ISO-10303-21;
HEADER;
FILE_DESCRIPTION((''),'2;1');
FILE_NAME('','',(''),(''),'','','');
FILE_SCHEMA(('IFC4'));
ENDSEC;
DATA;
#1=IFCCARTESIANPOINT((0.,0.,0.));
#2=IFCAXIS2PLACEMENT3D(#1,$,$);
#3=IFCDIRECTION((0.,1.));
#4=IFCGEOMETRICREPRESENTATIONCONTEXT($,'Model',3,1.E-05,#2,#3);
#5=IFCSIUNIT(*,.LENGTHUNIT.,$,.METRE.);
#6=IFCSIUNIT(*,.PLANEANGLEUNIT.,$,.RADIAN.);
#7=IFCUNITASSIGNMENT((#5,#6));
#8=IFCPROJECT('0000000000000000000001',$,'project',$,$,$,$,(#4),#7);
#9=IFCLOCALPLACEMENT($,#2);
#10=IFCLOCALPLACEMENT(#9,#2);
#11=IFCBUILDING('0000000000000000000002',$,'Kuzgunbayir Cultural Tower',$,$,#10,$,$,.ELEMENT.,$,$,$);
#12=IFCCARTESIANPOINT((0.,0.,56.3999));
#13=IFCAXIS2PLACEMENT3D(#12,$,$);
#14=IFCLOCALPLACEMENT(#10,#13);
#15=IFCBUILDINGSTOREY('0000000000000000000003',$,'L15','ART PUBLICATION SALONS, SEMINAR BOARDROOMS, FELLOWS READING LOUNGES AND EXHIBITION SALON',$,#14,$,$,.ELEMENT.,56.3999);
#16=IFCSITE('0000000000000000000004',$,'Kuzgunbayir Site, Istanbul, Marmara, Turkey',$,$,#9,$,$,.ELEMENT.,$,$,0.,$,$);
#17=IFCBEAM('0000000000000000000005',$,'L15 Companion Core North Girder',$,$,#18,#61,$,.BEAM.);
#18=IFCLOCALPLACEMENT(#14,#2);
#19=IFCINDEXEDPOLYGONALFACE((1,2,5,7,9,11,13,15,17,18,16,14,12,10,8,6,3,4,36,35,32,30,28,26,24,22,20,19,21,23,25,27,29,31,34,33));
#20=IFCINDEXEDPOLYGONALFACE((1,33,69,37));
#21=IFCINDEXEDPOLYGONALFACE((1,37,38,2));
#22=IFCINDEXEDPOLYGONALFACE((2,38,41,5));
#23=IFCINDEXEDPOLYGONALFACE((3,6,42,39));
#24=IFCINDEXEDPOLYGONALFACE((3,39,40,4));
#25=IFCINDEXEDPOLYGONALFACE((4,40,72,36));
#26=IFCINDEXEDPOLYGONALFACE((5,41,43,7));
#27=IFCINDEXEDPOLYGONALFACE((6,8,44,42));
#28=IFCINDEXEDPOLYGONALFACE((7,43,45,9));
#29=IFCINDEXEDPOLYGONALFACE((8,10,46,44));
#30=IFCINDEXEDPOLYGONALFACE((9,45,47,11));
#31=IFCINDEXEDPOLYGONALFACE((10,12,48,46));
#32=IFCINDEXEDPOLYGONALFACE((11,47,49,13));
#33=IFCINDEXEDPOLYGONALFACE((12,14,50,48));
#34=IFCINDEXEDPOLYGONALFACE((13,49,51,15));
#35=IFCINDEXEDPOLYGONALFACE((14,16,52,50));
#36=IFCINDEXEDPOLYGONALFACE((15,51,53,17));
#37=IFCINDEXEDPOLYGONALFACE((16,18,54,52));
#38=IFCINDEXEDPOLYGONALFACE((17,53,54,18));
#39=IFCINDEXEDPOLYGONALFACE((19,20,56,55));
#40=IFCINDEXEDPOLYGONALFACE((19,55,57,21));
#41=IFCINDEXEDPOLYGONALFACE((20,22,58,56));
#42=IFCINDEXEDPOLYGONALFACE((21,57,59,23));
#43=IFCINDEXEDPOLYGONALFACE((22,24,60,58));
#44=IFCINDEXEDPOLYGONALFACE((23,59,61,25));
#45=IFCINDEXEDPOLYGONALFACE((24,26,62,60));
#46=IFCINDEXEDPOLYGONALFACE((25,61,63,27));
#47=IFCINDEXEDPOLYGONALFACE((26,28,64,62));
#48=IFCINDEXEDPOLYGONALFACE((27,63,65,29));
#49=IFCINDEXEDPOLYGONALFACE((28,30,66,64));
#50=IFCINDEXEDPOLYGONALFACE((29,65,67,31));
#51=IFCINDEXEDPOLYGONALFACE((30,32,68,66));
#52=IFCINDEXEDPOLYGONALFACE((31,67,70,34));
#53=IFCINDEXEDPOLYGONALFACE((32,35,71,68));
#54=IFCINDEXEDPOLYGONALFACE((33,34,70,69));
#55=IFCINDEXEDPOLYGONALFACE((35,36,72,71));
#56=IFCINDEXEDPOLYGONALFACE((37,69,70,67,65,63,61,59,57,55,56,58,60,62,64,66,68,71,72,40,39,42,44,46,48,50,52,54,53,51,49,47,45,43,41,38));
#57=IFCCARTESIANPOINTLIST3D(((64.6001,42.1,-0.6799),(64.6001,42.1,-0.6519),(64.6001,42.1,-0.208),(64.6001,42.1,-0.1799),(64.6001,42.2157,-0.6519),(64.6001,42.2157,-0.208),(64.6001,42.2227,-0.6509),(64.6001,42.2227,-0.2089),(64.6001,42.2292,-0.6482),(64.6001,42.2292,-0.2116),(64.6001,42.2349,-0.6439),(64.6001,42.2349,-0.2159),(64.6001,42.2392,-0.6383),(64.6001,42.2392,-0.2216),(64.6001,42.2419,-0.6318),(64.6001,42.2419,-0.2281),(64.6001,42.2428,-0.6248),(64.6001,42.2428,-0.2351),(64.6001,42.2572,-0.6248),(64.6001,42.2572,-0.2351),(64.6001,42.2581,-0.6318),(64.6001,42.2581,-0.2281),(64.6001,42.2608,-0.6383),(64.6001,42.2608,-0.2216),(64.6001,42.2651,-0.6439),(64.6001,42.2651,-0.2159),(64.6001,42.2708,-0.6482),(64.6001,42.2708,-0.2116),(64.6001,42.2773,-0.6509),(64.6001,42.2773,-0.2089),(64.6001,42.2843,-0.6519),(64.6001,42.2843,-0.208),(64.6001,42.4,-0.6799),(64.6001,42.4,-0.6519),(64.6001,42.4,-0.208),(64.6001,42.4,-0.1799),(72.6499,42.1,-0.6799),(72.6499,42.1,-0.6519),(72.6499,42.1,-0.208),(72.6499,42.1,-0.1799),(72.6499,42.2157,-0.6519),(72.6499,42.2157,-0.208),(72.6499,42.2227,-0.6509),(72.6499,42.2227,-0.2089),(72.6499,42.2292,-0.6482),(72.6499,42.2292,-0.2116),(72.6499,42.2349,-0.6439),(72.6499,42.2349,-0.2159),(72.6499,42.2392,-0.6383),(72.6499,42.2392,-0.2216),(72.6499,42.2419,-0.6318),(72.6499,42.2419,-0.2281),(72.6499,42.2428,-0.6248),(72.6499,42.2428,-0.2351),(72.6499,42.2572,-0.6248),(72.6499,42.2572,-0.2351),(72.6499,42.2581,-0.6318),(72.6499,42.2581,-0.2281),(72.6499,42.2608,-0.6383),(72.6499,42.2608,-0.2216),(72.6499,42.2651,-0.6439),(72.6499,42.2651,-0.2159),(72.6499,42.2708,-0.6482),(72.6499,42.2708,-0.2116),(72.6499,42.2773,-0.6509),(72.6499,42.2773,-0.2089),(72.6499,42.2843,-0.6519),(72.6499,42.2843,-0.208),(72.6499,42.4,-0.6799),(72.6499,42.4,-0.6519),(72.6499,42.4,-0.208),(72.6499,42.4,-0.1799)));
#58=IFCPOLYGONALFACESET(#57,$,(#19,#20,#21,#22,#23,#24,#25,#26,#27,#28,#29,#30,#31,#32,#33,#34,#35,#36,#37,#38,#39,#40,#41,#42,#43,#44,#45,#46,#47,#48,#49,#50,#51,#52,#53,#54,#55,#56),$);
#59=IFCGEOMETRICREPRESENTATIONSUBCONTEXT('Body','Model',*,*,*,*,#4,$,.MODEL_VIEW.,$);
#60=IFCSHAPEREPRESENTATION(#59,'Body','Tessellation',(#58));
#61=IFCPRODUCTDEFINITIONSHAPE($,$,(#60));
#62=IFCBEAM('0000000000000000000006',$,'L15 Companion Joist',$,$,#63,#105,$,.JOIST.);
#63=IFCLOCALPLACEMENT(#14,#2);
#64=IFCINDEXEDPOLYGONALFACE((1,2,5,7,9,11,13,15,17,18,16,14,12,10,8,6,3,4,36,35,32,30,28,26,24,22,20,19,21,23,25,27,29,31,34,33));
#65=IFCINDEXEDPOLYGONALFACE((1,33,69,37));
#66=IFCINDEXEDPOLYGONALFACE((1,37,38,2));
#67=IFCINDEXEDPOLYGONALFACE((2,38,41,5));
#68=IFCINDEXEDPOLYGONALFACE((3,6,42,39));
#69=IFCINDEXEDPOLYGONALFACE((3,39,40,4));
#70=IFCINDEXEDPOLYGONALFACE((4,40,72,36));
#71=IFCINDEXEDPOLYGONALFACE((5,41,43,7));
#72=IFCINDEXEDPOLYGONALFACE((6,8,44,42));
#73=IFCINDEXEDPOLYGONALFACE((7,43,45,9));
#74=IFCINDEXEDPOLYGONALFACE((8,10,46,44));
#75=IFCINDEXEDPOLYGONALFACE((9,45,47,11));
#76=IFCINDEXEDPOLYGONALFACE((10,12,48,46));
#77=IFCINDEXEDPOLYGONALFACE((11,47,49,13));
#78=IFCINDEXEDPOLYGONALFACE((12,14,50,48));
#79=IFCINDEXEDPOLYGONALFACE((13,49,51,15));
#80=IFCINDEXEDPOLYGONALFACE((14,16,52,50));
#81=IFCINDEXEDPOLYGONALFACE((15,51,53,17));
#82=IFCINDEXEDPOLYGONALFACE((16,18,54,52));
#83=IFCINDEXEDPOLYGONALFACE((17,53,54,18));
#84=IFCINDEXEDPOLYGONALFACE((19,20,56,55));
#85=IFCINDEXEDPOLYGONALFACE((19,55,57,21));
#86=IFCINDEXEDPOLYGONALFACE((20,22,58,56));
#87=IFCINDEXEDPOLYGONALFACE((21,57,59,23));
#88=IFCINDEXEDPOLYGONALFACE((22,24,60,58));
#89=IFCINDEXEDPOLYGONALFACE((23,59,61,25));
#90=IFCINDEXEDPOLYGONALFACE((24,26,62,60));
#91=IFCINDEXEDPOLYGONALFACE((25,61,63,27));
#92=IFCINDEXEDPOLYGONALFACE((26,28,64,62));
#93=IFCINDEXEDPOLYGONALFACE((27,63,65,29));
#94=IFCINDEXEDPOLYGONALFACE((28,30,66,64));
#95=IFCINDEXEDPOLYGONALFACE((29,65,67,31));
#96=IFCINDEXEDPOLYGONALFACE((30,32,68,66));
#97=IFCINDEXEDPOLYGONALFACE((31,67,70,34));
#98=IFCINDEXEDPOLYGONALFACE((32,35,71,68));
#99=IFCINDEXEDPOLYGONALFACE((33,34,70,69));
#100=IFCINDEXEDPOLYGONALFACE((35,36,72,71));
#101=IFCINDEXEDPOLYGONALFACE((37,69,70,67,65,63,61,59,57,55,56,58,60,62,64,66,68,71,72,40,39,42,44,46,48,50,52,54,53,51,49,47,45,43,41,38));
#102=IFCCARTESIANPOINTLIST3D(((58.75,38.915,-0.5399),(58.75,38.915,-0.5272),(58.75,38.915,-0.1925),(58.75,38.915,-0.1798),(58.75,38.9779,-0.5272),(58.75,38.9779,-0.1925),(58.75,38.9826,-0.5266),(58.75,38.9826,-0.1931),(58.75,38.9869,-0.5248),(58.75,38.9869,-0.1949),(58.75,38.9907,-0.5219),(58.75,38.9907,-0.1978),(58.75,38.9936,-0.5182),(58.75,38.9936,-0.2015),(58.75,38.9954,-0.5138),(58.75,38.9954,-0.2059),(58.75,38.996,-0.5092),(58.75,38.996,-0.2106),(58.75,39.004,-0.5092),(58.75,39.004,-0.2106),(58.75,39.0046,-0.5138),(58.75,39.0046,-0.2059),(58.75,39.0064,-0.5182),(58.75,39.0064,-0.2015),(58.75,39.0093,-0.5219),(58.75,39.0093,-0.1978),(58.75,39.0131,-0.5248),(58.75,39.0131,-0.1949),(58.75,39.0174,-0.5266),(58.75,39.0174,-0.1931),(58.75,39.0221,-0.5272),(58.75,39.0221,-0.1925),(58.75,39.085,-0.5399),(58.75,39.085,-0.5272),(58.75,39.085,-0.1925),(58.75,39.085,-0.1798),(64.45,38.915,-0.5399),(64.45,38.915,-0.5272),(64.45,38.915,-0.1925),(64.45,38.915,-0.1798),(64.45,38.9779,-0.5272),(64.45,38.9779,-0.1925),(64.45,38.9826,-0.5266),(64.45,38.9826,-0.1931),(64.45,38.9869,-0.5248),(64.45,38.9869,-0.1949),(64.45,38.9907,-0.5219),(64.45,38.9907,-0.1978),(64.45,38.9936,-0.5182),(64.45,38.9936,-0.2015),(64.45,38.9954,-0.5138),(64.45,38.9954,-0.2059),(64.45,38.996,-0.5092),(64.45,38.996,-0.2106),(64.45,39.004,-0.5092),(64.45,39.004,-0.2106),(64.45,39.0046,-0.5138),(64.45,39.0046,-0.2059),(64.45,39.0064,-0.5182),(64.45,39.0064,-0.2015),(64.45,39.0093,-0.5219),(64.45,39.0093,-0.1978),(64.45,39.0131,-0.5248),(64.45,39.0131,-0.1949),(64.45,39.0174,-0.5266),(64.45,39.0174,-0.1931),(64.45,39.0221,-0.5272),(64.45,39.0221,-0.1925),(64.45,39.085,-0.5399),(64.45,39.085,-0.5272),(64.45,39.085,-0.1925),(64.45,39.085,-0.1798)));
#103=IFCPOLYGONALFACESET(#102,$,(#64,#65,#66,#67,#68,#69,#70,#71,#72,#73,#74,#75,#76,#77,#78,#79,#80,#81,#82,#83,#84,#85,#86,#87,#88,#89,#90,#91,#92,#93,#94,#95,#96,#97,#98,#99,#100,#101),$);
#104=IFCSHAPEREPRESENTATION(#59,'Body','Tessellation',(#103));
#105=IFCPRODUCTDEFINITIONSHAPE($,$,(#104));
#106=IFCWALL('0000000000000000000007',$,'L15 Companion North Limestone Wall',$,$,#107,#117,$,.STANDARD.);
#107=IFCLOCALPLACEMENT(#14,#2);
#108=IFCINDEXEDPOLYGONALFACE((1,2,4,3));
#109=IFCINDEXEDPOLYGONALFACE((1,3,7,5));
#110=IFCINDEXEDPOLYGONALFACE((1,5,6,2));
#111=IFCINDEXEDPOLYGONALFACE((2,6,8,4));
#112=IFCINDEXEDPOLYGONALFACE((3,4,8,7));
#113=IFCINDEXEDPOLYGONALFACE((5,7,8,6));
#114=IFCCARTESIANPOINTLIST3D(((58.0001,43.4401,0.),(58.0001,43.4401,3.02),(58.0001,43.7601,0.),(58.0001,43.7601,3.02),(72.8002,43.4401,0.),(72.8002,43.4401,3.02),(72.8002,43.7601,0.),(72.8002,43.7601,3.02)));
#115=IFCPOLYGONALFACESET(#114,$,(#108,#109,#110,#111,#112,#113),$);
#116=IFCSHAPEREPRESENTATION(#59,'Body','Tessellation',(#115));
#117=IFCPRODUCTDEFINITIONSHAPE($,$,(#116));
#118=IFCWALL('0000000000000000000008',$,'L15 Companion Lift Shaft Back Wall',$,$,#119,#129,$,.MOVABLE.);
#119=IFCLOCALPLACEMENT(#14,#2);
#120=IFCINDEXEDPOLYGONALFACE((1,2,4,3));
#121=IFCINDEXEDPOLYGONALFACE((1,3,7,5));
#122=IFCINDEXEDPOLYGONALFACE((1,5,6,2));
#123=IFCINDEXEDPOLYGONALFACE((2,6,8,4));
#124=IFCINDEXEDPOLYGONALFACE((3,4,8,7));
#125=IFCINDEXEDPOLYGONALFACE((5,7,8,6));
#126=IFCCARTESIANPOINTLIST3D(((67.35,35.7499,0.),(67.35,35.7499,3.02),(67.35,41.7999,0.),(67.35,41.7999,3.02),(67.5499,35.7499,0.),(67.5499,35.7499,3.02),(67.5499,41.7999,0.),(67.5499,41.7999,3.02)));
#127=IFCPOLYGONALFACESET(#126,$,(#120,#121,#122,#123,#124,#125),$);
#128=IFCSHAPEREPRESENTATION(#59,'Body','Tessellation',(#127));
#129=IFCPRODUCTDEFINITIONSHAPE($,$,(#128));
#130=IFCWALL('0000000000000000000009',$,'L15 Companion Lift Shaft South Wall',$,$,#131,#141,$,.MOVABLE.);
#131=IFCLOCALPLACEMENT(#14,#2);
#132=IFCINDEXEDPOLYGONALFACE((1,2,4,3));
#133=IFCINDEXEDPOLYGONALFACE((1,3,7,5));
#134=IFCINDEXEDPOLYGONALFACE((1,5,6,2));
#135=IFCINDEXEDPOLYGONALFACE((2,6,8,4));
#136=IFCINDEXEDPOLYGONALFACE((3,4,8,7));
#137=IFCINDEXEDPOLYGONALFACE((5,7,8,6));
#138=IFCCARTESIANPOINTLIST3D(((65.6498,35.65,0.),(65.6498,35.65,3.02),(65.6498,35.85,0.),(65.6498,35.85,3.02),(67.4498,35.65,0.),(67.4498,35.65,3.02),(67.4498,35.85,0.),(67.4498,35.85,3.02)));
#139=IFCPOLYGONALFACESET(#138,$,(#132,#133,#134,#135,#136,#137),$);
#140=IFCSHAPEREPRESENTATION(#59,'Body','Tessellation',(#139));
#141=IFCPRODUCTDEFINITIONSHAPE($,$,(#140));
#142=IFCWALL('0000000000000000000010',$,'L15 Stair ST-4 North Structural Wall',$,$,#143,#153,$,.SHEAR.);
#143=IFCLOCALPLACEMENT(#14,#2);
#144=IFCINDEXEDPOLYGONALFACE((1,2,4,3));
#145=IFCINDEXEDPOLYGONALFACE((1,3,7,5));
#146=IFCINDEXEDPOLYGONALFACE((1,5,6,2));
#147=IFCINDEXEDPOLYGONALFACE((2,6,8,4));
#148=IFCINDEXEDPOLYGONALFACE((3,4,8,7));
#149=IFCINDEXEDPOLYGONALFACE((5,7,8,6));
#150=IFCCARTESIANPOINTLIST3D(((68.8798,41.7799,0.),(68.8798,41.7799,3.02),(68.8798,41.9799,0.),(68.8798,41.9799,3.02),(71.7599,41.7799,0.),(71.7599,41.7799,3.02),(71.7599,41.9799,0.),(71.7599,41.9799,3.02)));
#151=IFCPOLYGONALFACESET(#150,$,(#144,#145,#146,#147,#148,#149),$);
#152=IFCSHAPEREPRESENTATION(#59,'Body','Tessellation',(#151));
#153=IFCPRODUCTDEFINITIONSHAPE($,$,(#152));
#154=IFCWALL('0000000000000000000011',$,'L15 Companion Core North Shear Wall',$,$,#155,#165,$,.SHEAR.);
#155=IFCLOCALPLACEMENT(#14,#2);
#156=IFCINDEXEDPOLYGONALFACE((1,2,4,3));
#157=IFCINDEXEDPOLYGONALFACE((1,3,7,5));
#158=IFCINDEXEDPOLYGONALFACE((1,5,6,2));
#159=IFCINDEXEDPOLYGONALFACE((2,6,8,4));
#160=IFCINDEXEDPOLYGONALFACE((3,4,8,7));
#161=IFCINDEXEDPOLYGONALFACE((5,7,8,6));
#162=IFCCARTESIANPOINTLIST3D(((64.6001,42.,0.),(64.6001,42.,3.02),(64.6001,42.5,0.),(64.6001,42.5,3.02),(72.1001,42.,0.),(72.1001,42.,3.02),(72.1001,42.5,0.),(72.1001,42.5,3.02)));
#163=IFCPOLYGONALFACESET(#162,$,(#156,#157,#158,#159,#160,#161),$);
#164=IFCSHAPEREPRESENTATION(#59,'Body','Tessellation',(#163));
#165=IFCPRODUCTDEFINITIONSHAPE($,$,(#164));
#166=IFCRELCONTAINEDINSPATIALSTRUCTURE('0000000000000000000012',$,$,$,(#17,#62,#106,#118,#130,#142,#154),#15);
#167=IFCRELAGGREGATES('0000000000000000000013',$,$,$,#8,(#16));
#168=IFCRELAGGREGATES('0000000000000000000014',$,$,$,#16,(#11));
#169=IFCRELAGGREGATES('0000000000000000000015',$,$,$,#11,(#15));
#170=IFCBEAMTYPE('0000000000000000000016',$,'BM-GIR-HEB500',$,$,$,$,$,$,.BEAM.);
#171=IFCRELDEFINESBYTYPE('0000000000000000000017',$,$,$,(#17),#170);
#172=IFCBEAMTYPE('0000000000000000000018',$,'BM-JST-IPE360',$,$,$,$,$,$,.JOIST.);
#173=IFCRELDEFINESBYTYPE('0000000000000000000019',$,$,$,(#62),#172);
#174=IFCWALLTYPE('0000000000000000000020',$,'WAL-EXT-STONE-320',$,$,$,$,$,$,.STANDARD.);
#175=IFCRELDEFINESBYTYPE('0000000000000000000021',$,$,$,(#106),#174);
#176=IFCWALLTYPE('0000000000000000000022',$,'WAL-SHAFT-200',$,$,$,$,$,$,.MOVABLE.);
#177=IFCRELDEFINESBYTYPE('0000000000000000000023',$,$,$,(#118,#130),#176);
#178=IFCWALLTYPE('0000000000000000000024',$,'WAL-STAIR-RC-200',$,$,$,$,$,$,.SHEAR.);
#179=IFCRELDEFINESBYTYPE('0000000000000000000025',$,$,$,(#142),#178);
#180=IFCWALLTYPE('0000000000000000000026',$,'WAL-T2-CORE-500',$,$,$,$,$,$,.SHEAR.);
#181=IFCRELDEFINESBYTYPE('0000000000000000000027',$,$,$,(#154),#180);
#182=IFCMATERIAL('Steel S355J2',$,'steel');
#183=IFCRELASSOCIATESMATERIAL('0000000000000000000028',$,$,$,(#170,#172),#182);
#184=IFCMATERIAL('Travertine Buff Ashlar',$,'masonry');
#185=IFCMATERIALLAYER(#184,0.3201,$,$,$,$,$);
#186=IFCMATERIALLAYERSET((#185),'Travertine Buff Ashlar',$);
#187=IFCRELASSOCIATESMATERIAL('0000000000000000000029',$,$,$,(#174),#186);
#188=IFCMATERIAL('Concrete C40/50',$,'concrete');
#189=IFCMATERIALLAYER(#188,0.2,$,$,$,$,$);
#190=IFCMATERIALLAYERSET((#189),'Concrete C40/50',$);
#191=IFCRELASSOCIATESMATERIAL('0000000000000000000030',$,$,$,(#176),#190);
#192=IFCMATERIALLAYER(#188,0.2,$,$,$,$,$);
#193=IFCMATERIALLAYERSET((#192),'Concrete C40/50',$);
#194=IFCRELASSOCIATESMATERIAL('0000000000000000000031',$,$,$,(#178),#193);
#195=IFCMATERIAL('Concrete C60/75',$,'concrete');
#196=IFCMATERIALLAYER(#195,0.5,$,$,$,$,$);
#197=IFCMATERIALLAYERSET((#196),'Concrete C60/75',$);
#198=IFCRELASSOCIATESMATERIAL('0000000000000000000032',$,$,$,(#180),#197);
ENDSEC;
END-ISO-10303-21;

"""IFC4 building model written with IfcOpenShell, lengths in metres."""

from ifc_helpers import new_model, si_unit, direction, frame, frame_2d, origin, origin_2d, place, context, subcontext, project, spatial, rectangle, i_section, extrude, material, layer, layer_set, material_profile, profile_set, type_object, element, save


model = new_model("IFC4")

# Units and contexts
model_context = context("Model", 3, precision=1e-05, world=origin(), true_north=direction((0.0, 1.0)))
body_context = subcontext(model_context, "Body", "Model", "MODEL_VIEW")
ifc_project = project(units=[si_unit("LENGTHUNIT", "METRE"), si_unit("PLANEANGLEUNIT", "RADIAN")], contexts=[model_context])

# Site, building, storey
site_placement = place(None, origin())
site = spatial("IfcSite", under=ifc_project, at=site_placement, Name="Kuzgunbayir Site, Istanbul, Marmara, Turkey", CompositionType="ELEMENT", RefElevation=0.0)
building_placement = place(site_placement, origin())
building = spatial("IfcBuilding", under=site, at=building_placement, Name="Kuzgunbayir Cultural Tower", CompositionType="ELEMENT")
storey_placement = place(building_placement, frame((0.0, 0.0, 56.3999)))
storey = spatial("IfcBuildingStorey", under=building, at=storey_placement, Name="L15", Description="ART PUBLICATION SALONS, SEMINAR BOARDROOMS, FELLOWS READING LOUNGES AND EXHIBITION SALON", CompositionType="ELEMENT", Elevation=56.3999)

# Shared definitions
ifc_material_1 = material(Name="Concrete C60/75", Category="concrete")

# Beams
ifc_material_2 = material(Name="Steel S355J2", Category="steel")
ifc_material_profile_1 = material_profile(ifc_material_2, i_section(OverallWidth=0.3, OverallDepth=0.5, WebThickness=0.0144, FlangeThickness=0.0281, FilletRadius=0.0271, at=origin_2d()), Name="HEB 500")
ifc_profile_set_1 = profile_set([ifc_material_profile_1], Name="Steel S355J2")
beam_type_1 = type_object("IfcBeamType", Name="BM-GIR-HEB500", PredefinedType="BEAM", material=ifc_profile_set_1)
beam_1_placement = place(storey_placement, frame((64.6001, 42.25, -0.4299), z_axis=(1.0, 0.0, 0.0), x_axis=(0.0, 1.0, 0.0)))
element("IfcBeam", 1, at=beam_1_placement, inside=storey, type_object=beam_type_1, Name="L15 Companion Core North Girder", PredefinedType="BEAM", context=body_context, shape_type="SweptSolid", body=[
    extrude(i_section(OverallWidth=0.3, OverallDepth=0.5, WebThickness=0.0144, FlangeThickness=0.0281, FilletRadius=0.0271, at=origin_2d()), origin(), (0.0, 0.0, 1.0), 8.0498),
])
ifc_material_profile_2 = material_profile(ifc_material_2, i_section(OverallWidth=0.1699, OverallDepth=0.3601, WebThickness=0.0081, FlangeThickness=0.0127, FilletRadius=0.0181, at=origin_2d()), Name="IPE 360")
ifc_profile_set_2 = profile_set([ifc_material_profile_2], Name="Steel S355J2")
beam_type_2 = type_object("IfcBeamType", Name="BM-JST-IPE360", PredefinedType="JOIST", material=ifc_profile_set_2)
beam_2_placement = place(storey_placement, frame((58.75, 39.0, -0.3599), z_axis=(1.0, 0.0, 0.0), x_axis=(0.0, 1.0, 0.0)))
element("IfcBeam", 2, at=beam_2_placement, inside=storey, type_object=beam_type_2, Name="L15 Companion Joist", PredefinedType="JOIST", context=body_context, shape_type="SweptSolid", body=[
    extrude(i_section(OverallWidth=0.1699, OverallDepth=0.3601, WebThickness=0.0081, FlangeThickness=0.0127, FilletRadius=0.0181, at=origin_2d()), origin(), (0.0, 0.0, 1.0), 5.7),
])

# Wall
ifc_material_3 = material(Name="Travertine Buff Ashlar", Category="masonry")
ifc_layer_1 = layer(ifc_material_3, 0.3201)
ifc_layer_set_1 = layer_set([ifc_layer_1], Name="Travertine Buff Ashlar")
wall_type_1 = type_object("IfcWallType", Name="WAL-EXT-STONE-320", PredefinedType="STANDARD", material=ifc_layer_set_1)
wall_1_placement = place(storey_placement, frame((72.8, 43.6001, 0.0), z_axis=(0.0, 0.0, 1.0), x_axis=(-1.0, 0.0, 0.0)))
element("IfcWall", 3, at=wall_1_placement, inside=storey, type_object=wall_type_1, Name="L15 Companion North Limestone Wall", PredefinedType="STANDARD", context=body_context, shape_type="SweptSolid", body=[
    extrude(rectangle(XDim=14.8, YDim=0.3201, at=frame_2d((7.3999, 0.0))), origin(), (0.0, 0.0, 1.0), 3.02),
])

# Shared definitions
ifc_material_4 = material(Name="Concrete C40/50", Category="concrete")
ifc_layer_2 = layer(ifc_material_4, 0.2)
ifc_layer_set_2 = layer_set([ifc_layer_2], Name="Concrete C40/50")
wall_type_2 = type_object("IfcWallType", Name="WAL-SHAFT-200", PredefinedType="MOVABLE", material=ifc_layer_set_2)

# Walls
wall_2_placement = place(storey_placement, frame((67.45, 35.75, 0.0), z_axis=(0.0, 0.0, 1.0), x_axis=(0.0, 1.0, 0.0)))
element("IfcWall", 4, at=wall_2_placement, inside=storey, type_object=wall_type_2, Name="L15 Companion Lift Shaft Back Wall", PredefinedType="MOVABLE", context=body_context, shape_type="SweptSolid", body=[
    extrude(rectangle(XDim=6.05, YDim=0.2, at=frame_2d((3.0249, 0.0))), origin(), (0.0, 0.0, 1.0), 3.02),
])
wall_3_placement = place(storey_placement, frame((65.6499, 35.75, 0.0), z_axis=(0.0, 0.0, 1.0), x_axis=(1.0, 0.0, 0.0)))
element("IfcWall", 5, at=wall_3_placement, inside=storey, type_object=wall_type_2, Name="L15 Companion Lift Shaft South Wall", PredefinedType="MOVABLE", context=body_context, shape_type="SweptSolid", body=[
    extrude(rectangle(XDim=1.8, YDim=0.2, at=frame_2d((0.8999, 0.0))), origin(), (0.0, 0.0, 1.0), 3.02),
])
ifc_layer_3 = layer(ifc_material_4, 0.2)
ifc_layer_set_3 = layer_set([ifc_layer_3], Name="Concrete C40/50")
wall_type_3 = type_object("IfcWallType", Name="WAL-STAIR-RC-200", PredefinedType="SHEAR", material=ifc_layer_set_3)
wall_4_placement = place(storey_placement, frame((68.8799, 41.8799, 0.0), z_axis=(0.0, 0.0, 1.0), x_axis=(1.0, 0.0, 0.0)))
element("IfcWall", 6, at=wall_4_placement, inside=storey, type_object=wall_type_3, Name="L15 Stair ST-4 North Structural Wall", PredefinedType="SHEAR", context=body_context, shape_type="SweptSolid", body=[
    extrude(rectangle(XDim=2.8801, YDim=0.2, at=frame_2d((1.4399, 0.0))), origin(), (0.0, 0.0, 1.0), 3.02),
])
ifc_layer_4 = layer(ifc_material_1, 0.5)
ifc_layer_set_4 = layer_set([ifc_layer_4], Name="Concrete C60/75")
wall_type_4 = type_object("IfcWallType", Name="WAL-T2-CORE-500", PredefinedType="SHEAR", material=ifc_layer_set_4)
wall_5_placement = place(storey_placement, frame((64.6001, 42.25, 0.0), z_axis=(0.0, 0.0, 1.0), x_axis=(1.0, 0.0, 0.0)))
element("IfcWall", 7, at=wall_5_placement, inside=storey, type_object=wall_type_4, Name="L15 Companion Core North Shear Wall", PredefinedType="SHEAR", context=body_context, shape_type="SweptSolid", body=[
    extrude(rectangle(XDim=7.5, YDim=0.5, at=frame_2d((3.75, 0.0))), origin(), (0.0, 0.0, 1.0), 3.02),
])

save(model, "model.ifc")
